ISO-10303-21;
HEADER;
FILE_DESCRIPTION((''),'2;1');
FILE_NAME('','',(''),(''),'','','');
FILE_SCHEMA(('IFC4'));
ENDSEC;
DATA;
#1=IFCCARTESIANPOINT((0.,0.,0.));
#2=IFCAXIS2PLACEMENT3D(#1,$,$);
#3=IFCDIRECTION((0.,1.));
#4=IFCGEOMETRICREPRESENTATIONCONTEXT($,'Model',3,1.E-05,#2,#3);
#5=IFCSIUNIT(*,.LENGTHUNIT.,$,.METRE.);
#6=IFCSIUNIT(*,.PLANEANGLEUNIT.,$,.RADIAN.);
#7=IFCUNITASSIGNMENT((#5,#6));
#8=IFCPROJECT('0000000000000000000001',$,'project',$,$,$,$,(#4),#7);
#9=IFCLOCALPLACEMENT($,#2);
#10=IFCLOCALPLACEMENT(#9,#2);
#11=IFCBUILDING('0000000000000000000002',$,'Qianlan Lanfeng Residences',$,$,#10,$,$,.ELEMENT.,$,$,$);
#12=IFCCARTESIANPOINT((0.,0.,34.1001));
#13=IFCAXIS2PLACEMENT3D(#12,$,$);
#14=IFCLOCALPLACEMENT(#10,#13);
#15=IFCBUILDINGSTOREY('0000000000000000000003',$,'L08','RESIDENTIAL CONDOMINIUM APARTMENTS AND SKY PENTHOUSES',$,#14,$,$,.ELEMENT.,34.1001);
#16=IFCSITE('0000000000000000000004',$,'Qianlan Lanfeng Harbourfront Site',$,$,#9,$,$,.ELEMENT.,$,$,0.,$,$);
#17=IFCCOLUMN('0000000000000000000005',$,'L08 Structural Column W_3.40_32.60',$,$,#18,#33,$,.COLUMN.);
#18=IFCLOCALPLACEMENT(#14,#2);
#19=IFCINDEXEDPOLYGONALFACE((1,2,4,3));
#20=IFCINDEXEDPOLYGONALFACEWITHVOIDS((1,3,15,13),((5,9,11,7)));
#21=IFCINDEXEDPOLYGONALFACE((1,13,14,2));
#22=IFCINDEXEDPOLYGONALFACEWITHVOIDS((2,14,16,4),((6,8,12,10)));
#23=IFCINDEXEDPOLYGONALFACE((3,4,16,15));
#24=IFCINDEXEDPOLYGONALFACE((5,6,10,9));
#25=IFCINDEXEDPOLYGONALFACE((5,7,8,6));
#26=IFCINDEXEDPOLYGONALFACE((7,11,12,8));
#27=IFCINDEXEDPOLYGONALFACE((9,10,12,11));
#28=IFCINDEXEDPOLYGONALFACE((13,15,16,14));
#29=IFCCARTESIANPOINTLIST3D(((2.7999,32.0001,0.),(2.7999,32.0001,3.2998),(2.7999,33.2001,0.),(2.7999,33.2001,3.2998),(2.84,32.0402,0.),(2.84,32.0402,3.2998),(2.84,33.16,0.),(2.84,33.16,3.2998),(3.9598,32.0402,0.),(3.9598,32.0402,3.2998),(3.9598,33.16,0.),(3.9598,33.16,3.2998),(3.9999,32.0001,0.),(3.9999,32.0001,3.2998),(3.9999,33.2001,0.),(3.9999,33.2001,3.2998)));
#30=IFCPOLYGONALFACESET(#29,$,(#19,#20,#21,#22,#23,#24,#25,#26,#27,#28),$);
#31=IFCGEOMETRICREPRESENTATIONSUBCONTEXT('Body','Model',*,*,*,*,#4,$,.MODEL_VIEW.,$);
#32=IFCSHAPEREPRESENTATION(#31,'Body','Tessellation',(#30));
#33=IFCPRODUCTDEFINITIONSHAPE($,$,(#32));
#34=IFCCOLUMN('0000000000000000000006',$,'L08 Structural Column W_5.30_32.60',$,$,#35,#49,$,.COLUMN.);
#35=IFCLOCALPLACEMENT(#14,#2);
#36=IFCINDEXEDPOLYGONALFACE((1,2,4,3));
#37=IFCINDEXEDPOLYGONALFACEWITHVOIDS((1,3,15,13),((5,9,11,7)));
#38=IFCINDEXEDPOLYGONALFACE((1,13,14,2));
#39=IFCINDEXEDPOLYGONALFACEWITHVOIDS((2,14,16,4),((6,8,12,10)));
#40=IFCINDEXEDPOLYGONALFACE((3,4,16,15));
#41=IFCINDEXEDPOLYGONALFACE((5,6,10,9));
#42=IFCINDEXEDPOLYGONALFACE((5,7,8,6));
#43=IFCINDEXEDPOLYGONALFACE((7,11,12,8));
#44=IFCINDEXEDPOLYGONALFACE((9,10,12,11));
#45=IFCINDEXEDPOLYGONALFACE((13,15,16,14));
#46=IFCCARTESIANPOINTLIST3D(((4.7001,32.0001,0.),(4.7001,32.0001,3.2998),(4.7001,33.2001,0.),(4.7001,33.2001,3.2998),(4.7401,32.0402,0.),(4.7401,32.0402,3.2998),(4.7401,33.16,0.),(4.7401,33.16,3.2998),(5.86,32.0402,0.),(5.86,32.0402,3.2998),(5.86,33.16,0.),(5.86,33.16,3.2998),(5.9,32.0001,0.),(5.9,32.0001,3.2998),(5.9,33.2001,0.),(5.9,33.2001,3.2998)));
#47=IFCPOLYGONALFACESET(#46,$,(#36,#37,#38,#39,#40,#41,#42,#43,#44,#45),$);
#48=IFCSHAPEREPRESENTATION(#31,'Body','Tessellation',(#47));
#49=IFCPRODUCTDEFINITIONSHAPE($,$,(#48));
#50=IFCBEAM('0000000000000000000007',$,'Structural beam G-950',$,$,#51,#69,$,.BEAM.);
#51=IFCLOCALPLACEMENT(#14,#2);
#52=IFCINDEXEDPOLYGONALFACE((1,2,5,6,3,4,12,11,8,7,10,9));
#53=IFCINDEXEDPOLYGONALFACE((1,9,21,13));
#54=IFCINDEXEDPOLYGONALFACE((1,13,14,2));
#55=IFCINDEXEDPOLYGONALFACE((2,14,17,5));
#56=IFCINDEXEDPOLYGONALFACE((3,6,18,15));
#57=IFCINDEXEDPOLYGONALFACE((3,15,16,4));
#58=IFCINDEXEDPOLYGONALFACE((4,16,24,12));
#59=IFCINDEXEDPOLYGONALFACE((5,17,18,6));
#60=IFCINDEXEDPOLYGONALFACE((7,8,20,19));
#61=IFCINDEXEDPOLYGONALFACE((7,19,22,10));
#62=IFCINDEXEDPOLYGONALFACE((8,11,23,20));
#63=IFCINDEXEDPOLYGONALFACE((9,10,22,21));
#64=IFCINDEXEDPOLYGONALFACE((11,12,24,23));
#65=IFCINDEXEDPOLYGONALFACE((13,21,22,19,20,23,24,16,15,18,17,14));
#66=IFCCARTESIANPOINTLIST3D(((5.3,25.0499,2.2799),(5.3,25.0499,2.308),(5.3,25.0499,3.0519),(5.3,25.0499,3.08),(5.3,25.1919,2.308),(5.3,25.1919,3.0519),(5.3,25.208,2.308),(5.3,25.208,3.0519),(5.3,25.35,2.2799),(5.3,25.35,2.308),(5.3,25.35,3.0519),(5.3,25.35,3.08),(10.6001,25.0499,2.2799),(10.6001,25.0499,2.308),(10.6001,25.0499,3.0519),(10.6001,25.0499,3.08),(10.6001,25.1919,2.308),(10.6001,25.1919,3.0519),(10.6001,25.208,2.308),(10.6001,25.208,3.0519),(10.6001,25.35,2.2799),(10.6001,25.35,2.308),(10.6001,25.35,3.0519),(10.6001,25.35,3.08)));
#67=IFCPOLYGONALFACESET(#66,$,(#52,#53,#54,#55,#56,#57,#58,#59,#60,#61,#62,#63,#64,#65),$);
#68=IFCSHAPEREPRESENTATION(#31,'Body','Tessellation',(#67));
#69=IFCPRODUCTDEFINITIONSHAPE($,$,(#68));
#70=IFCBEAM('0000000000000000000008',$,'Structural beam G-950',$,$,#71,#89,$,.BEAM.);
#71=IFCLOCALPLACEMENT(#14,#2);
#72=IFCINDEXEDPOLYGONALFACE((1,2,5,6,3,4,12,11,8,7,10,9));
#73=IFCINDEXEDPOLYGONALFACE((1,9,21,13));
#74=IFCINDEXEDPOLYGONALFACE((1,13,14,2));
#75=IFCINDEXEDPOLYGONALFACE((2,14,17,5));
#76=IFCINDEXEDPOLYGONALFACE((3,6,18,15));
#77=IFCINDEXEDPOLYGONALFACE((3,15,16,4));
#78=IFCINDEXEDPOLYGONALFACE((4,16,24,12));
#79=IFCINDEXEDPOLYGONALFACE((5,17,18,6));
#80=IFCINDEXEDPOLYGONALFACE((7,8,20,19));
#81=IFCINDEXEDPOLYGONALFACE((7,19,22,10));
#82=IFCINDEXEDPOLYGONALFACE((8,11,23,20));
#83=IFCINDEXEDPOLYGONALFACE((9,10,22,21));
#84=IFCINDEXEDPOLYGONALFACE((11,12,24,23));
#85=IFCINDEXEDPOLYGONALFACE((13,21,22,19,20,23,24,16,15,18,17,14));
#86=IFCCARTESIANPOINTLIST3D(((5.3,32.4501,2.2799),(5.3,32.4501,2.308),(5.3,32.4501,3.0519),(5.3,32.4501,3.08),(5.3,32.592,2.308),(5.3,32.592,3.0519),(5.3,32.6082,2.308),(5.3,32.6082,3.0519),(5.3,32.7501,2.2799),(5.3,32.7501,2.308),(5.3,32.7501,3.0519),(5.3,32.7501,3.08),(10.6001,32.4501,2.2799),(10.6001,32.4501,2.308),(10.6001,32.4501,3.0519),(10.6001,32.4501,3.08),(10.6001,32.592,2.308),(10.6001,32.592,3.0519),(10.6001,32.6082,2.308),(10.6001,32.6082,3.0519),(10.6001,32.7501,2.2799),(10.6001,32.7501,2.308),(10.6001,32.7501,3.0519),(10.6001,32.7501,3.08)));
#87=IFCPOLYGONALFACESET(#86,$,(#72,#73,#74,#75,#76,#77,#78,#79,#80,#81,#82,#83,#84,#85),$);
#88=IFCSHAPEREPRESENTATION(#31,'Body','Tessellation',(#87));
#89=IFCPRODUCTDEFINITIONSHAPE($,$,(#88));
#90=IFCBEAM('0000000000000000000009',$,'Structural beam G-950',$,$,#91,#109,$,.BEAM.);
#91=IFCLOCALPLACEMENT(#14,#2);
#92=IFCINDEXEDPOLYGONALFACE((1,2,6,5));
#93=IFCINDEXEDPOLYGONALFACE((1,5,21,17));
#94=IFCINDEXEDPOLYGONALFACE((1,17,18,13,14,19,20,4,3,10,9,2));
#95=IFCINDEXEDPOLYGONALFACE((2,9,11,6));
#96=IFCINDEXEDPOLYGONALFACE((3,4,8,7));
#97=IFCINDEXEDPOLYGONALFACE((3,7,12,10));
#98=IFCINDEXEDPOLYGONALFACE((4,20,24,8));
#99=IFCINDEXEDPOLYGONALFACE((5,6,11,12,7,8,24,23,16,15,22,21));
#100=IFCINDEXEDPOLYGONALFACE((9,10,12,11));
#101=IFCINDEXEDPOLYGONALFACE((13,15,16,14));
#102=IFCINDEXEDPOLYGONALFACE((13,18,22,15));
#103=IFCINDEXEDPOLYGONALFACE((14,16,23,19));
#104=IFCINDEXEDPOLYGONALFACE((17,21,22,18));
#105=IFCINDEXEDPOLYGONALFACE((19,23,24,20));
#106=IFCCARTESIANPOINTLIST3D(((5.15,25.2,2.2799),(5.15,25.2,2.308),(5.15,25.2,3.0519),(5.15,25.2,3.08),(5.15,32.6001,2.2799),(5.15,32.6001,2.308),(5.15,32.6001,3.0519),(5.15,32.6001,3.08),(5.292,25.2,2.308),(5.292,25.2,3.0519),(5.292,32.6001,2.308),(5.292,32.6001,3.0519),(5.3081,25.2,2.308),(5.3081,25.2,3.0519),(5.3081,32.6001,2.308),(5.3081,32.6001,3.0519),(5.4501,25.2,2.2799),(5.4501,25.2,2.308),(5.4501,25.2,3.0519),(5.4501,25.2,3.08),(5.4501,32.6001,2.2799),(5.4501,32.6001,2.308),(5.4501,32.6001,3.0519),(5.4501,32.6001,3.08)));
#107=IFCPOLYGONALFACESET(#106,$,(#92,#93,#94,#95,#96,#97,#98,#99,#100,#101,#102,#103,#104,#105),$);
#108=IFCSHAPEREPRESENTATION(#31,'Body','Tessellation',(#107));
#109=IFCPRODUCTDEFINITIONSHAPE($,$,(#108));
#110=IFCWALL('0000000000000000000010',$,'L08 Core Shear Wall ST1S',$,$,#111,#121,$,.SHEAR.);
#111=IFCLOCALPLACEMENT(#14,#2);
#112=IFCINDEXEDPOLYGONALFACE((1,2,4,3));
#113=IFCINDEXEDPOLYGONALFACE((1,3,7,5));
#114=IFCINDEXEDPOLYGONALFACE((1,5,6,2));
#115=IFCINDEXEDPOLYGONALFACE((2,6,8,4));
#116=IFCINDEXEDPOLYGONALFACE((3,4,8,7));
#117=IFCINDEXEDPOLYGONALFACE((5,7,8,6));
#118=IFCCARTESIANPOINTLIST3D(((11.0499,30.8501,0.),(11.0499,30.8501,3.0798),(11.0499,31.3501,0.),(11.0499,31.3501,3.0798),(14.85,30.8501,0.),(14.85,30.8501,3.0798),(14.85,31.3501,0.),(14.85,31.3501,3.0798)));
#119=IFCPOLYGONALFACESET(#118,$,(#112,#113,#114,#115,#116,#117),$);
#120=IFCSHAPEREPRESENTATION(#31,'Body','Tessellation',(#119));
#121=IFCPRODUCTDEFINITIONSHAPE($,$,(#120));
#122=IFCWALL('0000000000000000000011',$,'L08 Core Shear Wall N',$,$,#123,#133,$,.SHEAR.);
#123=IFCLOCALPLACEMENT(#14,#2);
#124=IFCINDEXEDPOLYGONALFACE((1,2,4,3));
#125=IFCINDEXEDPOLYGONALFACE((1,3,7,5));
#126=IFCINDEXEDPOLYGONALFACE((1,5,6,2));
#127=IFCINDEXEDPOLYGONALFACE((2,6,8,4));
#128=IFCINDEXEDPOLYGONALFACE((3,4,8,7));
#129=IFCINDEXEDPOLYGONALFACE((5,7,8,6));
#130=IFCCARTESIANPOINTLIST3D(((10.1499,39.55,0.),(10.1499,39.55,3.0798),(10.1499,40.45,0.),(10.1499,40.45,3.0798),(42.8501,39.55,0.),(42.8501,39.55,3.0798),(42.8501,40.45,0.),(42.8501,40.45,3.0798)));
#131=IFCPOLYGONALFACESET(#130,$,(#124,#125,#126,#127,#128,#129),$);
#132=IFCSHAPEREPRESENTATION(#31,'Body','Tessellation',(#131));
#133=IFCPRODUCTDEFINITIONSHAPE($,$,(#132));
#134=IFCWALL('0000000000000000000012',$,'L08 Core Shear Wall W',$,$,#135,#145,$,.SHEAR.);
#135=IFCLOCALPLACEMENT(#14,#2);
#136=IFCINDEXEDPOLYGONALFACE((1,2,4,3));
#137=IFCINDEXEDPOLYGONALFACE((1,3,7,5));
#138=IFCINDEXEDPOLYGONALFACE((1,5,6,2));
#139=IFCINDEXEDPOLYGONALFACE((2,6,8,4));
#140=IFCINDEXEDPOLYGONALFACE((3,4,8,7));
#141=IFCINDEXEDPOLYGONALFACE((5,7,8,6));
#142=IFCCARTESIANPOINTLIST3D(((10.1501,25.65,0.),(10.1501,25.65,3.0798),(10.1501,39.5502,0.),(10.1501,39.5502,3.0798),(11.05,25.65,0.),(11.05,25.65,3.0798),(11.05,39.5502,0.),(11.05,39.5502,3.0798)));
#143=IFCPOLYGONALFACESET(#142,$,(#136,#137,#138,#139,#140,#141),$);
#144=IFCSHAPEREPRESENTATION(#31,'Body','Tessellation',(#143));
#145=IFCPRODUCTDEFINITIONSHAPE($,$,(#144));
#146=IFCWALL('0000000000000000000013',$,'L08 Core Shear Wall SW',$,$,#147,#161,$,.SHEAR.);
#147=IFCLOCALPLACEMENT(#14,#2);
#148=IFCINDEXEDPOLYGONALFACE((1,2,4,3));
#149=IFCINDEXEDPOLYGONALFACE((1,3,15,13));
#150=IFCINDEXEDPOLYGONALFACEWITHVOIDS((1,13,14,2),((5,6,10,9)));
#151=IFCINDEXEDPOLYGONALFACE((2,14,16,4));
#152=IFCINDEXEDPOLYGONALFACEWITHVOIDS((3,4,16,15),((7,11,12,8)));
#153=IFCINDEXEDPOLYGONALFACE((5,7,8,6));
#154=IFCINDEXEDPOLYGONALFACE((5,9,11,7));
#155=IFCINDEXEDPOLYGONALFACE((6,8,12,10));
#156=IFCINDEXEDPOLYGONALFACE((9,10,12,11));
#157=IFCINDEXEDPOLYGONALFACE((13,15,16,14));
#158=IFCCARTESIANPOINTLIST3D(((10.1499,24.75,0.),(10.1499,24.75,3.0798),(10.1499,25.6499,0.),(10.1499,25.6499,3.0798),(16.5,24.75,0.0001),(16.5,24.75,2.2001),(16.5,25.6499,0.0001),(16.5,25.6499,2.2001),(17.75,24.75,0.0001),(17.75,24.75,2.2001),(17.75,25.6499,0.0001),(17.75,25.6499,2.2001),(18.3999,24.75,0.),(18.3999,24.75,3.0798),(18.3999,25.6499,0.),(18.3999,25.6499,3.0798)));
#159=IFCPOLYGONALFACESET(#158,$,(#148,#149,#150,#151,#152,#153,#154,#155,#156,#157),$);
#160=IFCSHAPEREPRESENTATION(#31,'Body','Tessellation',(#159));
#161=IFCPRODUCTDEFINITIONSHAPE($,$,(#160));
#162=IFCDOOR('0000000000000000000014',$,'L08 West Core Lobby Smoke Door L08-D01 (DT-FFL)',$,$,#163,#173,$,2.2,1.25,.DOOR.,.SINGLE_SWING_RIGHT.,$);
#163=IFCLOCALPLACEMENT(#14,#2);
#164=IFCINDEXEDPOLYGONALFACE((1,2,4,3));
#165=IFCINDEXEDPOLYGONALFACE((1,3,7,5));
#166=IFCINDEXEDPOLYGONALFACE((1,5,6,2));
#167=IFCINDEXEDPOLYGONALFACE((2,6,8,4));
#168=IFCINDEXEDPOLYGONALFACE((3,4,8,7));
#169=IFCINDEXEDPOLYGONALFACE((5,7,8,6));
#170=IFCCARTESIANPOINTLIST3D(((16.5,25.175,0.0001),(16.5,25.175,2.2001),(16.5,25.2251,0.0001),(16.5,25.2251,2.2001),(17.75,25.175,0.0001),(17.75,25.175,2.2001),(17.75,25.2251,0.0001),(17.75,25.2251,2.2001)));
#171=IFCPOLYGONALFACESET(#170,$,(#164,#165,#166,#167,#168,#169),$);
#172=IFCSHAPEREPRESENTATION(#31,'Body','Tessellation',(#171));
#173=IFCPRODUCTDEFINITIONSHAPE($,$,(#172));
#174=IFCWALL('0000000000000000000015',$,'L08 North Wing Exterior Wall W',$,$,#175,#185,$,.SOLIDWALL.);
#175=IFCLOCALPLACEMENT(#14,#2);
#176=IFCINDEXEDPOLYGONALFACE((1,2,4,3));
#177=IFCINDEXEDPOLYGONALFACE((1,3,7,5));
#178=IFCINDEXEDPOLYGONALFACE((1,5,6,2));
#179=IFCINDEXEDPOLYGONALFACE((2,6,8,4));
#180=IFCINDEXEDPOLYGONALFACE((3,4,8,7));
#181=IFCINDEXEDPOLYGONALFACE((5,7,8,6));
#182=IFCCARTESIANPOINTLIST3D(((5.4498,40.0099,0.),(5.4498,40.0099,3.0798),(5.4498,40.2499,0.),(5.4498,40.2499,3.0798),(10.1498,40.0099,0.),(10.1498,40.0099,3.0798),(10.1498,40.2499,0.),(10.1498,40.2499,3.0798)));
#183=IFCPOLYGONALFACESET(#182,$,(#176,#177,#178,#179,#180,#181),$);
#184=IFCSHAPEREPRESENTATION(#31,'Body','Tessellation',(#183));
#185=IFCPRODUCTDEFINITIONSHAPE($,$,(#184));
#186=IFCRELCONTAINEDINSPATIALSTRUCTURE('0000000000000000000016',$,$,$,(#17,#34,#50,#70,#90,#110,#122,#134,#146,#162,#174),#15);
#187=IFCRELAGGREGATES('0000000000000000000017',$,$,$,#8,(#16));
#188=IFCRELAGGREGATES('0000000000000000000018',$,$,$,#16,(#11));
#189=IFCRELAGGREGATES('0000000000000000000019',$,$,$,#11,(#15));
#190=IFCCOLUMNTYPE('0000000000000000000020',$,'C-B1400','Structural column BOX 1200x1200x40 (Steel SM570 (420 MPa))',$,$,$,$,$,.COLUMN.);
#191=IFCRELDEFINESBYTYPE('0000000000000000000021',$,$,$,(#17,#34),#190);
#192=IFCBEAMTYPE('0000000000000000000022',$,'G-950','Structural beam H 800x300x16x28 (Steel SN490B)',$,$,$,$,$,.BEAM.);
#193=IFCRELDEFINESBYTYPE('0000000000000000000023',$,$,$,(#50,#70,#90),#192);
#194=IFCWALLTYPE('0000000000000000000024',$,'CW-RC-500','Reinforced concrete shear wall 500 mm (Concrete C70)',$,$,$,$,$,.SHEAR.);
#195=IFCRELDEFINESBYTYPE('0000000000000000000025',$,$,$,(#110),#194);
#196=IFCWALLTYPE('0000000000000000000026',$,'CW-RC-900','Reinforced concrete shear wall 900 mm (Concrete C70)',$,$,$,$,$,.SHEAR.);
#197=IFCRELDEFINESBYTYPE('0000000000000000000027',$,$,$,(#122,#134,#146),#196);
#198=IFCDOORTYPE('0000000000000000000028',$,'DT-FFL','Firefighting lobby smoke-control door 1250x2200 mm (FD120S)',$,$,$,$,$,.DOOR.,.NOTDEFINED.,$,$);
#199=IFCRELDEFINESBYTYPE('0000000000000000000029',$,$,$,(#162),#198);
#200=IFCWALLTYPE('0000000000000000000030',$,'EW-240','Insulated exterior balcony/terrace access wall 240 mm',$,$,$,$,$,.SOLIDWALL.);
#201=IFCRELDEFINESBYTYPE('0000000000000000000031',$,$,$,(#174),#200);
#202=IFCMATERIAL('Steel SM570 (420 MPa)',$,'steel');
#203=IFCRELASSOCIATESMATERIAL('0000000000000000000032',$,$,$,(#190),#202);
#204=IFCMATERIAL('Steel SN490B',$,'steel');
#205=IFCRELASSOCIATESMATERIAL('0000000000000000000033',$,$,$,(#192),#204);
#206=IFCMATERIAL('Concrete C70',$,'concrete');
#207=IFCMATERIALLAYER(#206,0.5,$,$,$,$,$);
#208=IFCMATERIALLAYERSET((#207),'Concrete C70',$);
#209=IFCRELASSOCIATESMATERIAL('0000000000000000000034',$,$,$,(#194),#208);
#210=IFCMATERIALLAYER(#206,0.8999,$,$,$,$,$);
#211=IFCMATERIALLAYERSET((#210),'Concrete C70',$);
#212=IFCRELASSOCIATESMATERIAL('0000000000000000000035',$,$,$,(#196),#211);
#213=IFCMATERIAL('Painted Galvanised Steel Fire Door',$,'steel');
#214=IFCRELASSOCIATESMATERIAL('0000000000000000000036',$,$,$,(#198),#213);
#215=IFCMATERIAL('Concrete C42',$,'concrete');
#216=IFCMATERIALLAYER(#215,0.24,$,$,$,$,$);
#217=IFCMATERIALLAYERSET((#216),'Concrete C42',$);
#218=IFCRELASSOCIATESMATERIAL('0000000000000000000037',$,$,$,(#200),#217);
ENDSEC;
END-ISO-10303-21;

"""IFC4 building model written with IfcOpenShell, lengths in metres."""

from ifc_helpers import new_model, si_unit, direction, frame, frame_2d, origin, origin_2d, place, context, subcontext, project, spatial, rectangle, hollow_rectangle, i_section, extrude, material, layer, layer_set, material_profile, profile_set, type_object, element, fill, save


model = new_model("IFC4")

# Units and contexts
model_context = context("Model", 3, precision=1e-05, world=origin(), true_north=direction((0.0, 1.0)))
body_context = subcontext(model_context, "Body", "Model", "MODEL_VIEW")
ifc_project = project(units=[si_unit("LENGTHUNIT", "METRE"), si_unit("PLANEANGLEUNIT", "RADIAN")], contexts=[model_context])

# Site, building, storey
site_placement = place(None, origin())
site = spatial("IfcSite", under=ifc_project, at=site_placement, Name="Qianlan Lanfeng Harbourfront Site", CompositionType="ELEMENT", RefElevation=0.0)
building_placement = place(site_placement, origin())
building = spatial("IfcBuilding", under=site, at=building_placement, Name="Qianlan Lanfeng Residences", CompositionType="ELEMENT")
storey_placement = place(building_placement, frame((0.0, 0.0, 34.1001)))
storey = spatial("IfcBuildingStorey", under=building, at=storey_placement, Name="L08", Description="RESIDENTIAL CONDOMINIUM APARTMENTS AND SKY PENTHOUSES", CompositionType="ELEMENT", Elevation=34.1001)

# Columns
ifc_material_1 = material(Name="Steel SM570 (420 MPa)", Category="steel")
ifc_material_profile_1 = material_profile(ifc_material_1, hollow_rectangle(XDim=1.2, YDim=1.2, WallThickness=0.04, at=origin_2d()), Name="BOX 1200x1200x40")
ifc_profile_set_1 = profile_set([ifc_material_profile_1], Name="Steel SM570 (420 MPa)")
column_type = type_object("IfcColumnType", Name="C-B1400", Description="Structural column BOX 1200x1200x40 (Steel SM570 (420 MPa))", PredefinedType="COLUMN", material=ifc_profile_set_1)
for number, where, z_axis, x_axis, name in (
    (1, (3.3999, 32.6001, 0.0), (0.0, 0.0, 1.0), (1.0, 0.0, 0.0), "L08 Structural Column W_3.40_32.60"),
    (2, (5.3, 32.6001, 0.0), (0.0, 0.0, 1.0), (1.0, 0.0, 0.0), "L08 Structural Column W_5.30_32.60"),
):
    element("IfcColumn", number, at=place(storey_placement, frame(where, z_axis=z_axis, x_axis=x_axis)), inside=storey, type_object=column_type, Name=name, PredefinedType="COLUMN", context=body_context, shape_type="SweptSolid", body=[
        extrude(hollow_rectangle(XDim=1.2, YDim=1.2, WallThickness=0.04, at=origin_2d()), origin(), (0.0, 0.0, 1.0), 3.2998),
    ])

# Beams
ifc_material_2 = material(Name="Steel SN490B", Category="steel")
ifc_material_profile_2 = material_profile(ifc_material_2, i_section(OverallWidth=0.3, OverallDepth=0.8, WebThickness=0.0161, FlangeThickness=0.0281, at=origin_2d()), Name="H 800x300x16x28")
ifc_profile_set_2 = profile_set([ifc_material_profile_2], Name="Steel SN490B")
beam_type = type_object("IfcBeamType", Name="G-950", Description="Structural beam H 800x300x16x28 (Steel SN490B)", PredefinedType="BEAM", material=ifc_profile_set_2)
for number, where, z_axis, x_axis, name in (
    (3, (5.3, 25.2, 2.6799), (1.0, 0.0, 0.0), (0.0, 1.0, 0.0), "Structural beam G-950"),
    (4, (5.3, 32.6001, 2.6799), (1.0, 0.0, 0.0), (0.0, 1.0, 0.0), "Structural beam G-950"),
):
    element("IfcBeam", number, at=place(storey_placement, frame(where, z_axis=z_axis, x_axis=x_axis)), inside=storey, type_object=beam_type, Name=name, PredefinedType="BEAM", context=body_context, shape_type="SweptSolid", body=[
        extrude(i_section(OverallWidth=0.3, OverallDepth=0.8, WebThickness=0.0161, FlangeThickness=0.0281, at=origin_2d()), origin(), (0.0, 0.0, 1.0), 5.3),
    ])
beam_placement = place(storey_placement, frame((5.3, 25.2, 2.6799), z_axis=(0.0, 1.0, 0.0), x_axis=(-1.0, 0.0, 0.0)))
element("IfcBeam", 5, at=beam_placement, inside=storey, type_object=beam_type, Name="Structural beam G-950", PredefinedType="BEAM", context=body_context, shape_type="SweptSolid", body=[
    extrude(i_section(OverallWidth=0.3, OverallDepth=0.8, WebThickness=0.0161, FlangeThickness=0.0281, at=origin_2d()), origin(), (0.0, 0.0, 1.0), 7.4001),
])

# Walls
ifc_material_3 = material(Name="Concrete C70", Category="concrete")
ifc_layer_1 = layer(ifc_material_3, 0.5)
ifc_layer_set_1 = layer_set([ifc_layer_1], Name="Concrete C70")
wall_type_1 = type_object("IfcWallType", Name="CW-RC-500", Description="Reinforced concrete shear wall 500 mm (Concrete C70)", PredefinedType="SHEAR", material=ifc_layer_set_1)
wall_1_placement = place(storey_placement, frame((11.05, 31.1001, 0.0), z_axis=(0.0, 0.0, 1.0), x_axis=(1.0, 0.0, 0.0)))
element("IfcWall", 6, at=wall_1_placement, inside=storey, type_object=wall_type_1, Name="L08 Core Shear Wall ST1S", PredefinedType="SHEAR", context=body_context, shape_type="SweptSolid", body=[
    extrude(rectangle(XDim=3.8, YDim=0.5, at=frame_2d((1.8999, 0.0))), origin(), (0.0, 0.0, 1.0), 3.0798),
])
ifc_layer_2 = layer(ifc_material_3, 0.8999)
ifc_layer_set_2 = layer_set([ifc_layer_2], Name="Concrete C70")
wall_type_2 = type_object("IfcWallType", Name="CW-RC-900", Description="Reinforced concrete shear wall 900 mm (Concrete C70)", PredefinedType="SHEAR", material=ifc_layer_set_2)
wall_2_placement = place(storey_placement, frame((10.1499, 40.0, 0.0), z_axis=(0.0, 0.0, 1.0), x_axis=(1.0, 0.0, 0.0)))
element("IfcWall", 7, at=wall_2_placement, inside=storey, type_object=wall_type_2, Name="L08 Core Shear Wall N", PredefinedType="SHEAR", context=body_context, shape_type="SweptSolid", body=[
    extrude(rectangle(XDim=32.7002, YDim=0.8999, at=frame_2d((16.3501, 0.0))), origin(), (0.0, 0.0, 1.0), 3.0798),
])
wall_3_placement = place(storey_placement, frame((10.6001, 25.6499, 0.0), z_axis=(0.0, 0.0, 1.0), x_axis=(0.0, 1.0, 0.0)))
element("IfcWall", 8, at=wall_3_placement, inside=storey, type_object=wall_type_2, Name="L08 Core Shear Wall W", PredefinedType="SHEAR", context=body_context, shape_type="SweptSolid", body=[
    extrude(rectangle(XDim=13.9001, YDim=0.8999, at=frame_2d((6.9502, 0.0))), origin(), (0.0, 0.0, 1.0), 3.0798),
])

# Wall, opening, door
wall_4_placement = place(storey_placement, frame((10.1499, 25.2, 0.0), z_axis=(0.0, 0.0, 1.0), x_axis=(1.0, 0.0, 0.0)))
wall_4 = element("IfcWall", 9, at=wall_4_placement, inside=storey, type_object=wall_type_2, Name="L08 Core Shear Wall SW", PredefinedType="SHEAR", context=body_context, shape_type="SweptSolid", body=[
    extrude(rectangle(XDim=8.25, YDim=0.8999, at=frame_2d((4.125, 0.0))), origin(), (0.0, 0.0, 1.0), 3.0798),
])
opening_1_placement = place(wall_4_placement, frame((6.3501, 0.0, 0.0)))
opening_1 = element("IfcOpeningElement", 10, at=opening_1_placement, cuts=wall_4, PredefinedType="OPENING", context=body_context, shape_type="SweptSolid", body=[
    extrude(rectangle(XDim=1.25, YDim=2.2, at=frame_2d((0.625, 1.1001))), frame((0.0, 0.46, 0.0), z_axis=(0.0, -1.0, 0.0), x_axis=(1.0, 0.0, 0.0)), (0.0, 0.0, 1.0), 0.9199),
])
ifc_material_4 = material(Name="Painted Galvanised Steel Fire Door", Category="steel")
door_type_1 = type_object("IfcDoorType", Name="DT-FFL", Description="Firefighting lobby smoke-control door 1250x2200 mm (FD120S)", OperationType="NOTDEFINED", PredefinedType="DOOR", material=ifc_material_4)
door_1_placement = place(opening_1_placement, frame((1.25, 0.0, 0.0), z_axis=(0.0, 0.0, 1.0), x_axis=(-1.0, 0.0, 0.0)))
door_1 = element("IfcDoor", 11, at=door_1_placement, inside=storey, type_object=door_type_1, Name="L08 West Core Lobby Smoke Door L08-D01 (DT-FFL)", OperationType="SINGLE_SWING_RIGHT", OverallHeight=2.2, OverallWidth=1.25, PredefinedType="DOOR", context=body_context, shape_type="SweptSolid", body=[
    extrude(rectangle(XDim=1.25, YDim=2.2, at=frame_2d((0.625, 1.1001))), frame((0.0, 0.0249, 0.0), z_axis=(0.0, -1.0, 0.0), x_axis=(1.0, 0.0, 0.0)), (0.0, 0.0, 1.0), 0.05),
])
fill(opening_1, door_1)

# Wall
ifc_material_5 = material(Name="Concrete C42", Category="concrete")
ifc_layer_3 = layer(ifc_material_5, 0.24)
ifc_layer_set_3 = layer_set([ifc_layer_3], Name="Concrete C42")
wall_type_3 = type_object("IfcWallType", Name="EW-240", Description="Insulated exterior balcony/terrace access wall 240 mm", PredefinedType="SOLIDWALL", material=ifc_layer_set_3)
wall_5_placement = place(storey_placement, frame((10.1499, 40.1299, 0.0), z_axis=(0.0, 0.0, 1.0), x_axis=(-1.0, 0.0, 0.0)))
element("IfcWall", 12, at=wall_5_placement, inside=storey, type_object=wall_type_3, Name="L08 North Wing Exterior Wall W", PredefinedType="SOLIDWALL", context=body_context, shape_type="SweptSolid", body=[
    extrude(rectangle(XDim=4.7, YDim=0.24, at=frame_2d((2.3501, 0.0))), origin(), (0.0, 0.0, 1.0), 3.0798),
])

save(model, "model.ifc")
